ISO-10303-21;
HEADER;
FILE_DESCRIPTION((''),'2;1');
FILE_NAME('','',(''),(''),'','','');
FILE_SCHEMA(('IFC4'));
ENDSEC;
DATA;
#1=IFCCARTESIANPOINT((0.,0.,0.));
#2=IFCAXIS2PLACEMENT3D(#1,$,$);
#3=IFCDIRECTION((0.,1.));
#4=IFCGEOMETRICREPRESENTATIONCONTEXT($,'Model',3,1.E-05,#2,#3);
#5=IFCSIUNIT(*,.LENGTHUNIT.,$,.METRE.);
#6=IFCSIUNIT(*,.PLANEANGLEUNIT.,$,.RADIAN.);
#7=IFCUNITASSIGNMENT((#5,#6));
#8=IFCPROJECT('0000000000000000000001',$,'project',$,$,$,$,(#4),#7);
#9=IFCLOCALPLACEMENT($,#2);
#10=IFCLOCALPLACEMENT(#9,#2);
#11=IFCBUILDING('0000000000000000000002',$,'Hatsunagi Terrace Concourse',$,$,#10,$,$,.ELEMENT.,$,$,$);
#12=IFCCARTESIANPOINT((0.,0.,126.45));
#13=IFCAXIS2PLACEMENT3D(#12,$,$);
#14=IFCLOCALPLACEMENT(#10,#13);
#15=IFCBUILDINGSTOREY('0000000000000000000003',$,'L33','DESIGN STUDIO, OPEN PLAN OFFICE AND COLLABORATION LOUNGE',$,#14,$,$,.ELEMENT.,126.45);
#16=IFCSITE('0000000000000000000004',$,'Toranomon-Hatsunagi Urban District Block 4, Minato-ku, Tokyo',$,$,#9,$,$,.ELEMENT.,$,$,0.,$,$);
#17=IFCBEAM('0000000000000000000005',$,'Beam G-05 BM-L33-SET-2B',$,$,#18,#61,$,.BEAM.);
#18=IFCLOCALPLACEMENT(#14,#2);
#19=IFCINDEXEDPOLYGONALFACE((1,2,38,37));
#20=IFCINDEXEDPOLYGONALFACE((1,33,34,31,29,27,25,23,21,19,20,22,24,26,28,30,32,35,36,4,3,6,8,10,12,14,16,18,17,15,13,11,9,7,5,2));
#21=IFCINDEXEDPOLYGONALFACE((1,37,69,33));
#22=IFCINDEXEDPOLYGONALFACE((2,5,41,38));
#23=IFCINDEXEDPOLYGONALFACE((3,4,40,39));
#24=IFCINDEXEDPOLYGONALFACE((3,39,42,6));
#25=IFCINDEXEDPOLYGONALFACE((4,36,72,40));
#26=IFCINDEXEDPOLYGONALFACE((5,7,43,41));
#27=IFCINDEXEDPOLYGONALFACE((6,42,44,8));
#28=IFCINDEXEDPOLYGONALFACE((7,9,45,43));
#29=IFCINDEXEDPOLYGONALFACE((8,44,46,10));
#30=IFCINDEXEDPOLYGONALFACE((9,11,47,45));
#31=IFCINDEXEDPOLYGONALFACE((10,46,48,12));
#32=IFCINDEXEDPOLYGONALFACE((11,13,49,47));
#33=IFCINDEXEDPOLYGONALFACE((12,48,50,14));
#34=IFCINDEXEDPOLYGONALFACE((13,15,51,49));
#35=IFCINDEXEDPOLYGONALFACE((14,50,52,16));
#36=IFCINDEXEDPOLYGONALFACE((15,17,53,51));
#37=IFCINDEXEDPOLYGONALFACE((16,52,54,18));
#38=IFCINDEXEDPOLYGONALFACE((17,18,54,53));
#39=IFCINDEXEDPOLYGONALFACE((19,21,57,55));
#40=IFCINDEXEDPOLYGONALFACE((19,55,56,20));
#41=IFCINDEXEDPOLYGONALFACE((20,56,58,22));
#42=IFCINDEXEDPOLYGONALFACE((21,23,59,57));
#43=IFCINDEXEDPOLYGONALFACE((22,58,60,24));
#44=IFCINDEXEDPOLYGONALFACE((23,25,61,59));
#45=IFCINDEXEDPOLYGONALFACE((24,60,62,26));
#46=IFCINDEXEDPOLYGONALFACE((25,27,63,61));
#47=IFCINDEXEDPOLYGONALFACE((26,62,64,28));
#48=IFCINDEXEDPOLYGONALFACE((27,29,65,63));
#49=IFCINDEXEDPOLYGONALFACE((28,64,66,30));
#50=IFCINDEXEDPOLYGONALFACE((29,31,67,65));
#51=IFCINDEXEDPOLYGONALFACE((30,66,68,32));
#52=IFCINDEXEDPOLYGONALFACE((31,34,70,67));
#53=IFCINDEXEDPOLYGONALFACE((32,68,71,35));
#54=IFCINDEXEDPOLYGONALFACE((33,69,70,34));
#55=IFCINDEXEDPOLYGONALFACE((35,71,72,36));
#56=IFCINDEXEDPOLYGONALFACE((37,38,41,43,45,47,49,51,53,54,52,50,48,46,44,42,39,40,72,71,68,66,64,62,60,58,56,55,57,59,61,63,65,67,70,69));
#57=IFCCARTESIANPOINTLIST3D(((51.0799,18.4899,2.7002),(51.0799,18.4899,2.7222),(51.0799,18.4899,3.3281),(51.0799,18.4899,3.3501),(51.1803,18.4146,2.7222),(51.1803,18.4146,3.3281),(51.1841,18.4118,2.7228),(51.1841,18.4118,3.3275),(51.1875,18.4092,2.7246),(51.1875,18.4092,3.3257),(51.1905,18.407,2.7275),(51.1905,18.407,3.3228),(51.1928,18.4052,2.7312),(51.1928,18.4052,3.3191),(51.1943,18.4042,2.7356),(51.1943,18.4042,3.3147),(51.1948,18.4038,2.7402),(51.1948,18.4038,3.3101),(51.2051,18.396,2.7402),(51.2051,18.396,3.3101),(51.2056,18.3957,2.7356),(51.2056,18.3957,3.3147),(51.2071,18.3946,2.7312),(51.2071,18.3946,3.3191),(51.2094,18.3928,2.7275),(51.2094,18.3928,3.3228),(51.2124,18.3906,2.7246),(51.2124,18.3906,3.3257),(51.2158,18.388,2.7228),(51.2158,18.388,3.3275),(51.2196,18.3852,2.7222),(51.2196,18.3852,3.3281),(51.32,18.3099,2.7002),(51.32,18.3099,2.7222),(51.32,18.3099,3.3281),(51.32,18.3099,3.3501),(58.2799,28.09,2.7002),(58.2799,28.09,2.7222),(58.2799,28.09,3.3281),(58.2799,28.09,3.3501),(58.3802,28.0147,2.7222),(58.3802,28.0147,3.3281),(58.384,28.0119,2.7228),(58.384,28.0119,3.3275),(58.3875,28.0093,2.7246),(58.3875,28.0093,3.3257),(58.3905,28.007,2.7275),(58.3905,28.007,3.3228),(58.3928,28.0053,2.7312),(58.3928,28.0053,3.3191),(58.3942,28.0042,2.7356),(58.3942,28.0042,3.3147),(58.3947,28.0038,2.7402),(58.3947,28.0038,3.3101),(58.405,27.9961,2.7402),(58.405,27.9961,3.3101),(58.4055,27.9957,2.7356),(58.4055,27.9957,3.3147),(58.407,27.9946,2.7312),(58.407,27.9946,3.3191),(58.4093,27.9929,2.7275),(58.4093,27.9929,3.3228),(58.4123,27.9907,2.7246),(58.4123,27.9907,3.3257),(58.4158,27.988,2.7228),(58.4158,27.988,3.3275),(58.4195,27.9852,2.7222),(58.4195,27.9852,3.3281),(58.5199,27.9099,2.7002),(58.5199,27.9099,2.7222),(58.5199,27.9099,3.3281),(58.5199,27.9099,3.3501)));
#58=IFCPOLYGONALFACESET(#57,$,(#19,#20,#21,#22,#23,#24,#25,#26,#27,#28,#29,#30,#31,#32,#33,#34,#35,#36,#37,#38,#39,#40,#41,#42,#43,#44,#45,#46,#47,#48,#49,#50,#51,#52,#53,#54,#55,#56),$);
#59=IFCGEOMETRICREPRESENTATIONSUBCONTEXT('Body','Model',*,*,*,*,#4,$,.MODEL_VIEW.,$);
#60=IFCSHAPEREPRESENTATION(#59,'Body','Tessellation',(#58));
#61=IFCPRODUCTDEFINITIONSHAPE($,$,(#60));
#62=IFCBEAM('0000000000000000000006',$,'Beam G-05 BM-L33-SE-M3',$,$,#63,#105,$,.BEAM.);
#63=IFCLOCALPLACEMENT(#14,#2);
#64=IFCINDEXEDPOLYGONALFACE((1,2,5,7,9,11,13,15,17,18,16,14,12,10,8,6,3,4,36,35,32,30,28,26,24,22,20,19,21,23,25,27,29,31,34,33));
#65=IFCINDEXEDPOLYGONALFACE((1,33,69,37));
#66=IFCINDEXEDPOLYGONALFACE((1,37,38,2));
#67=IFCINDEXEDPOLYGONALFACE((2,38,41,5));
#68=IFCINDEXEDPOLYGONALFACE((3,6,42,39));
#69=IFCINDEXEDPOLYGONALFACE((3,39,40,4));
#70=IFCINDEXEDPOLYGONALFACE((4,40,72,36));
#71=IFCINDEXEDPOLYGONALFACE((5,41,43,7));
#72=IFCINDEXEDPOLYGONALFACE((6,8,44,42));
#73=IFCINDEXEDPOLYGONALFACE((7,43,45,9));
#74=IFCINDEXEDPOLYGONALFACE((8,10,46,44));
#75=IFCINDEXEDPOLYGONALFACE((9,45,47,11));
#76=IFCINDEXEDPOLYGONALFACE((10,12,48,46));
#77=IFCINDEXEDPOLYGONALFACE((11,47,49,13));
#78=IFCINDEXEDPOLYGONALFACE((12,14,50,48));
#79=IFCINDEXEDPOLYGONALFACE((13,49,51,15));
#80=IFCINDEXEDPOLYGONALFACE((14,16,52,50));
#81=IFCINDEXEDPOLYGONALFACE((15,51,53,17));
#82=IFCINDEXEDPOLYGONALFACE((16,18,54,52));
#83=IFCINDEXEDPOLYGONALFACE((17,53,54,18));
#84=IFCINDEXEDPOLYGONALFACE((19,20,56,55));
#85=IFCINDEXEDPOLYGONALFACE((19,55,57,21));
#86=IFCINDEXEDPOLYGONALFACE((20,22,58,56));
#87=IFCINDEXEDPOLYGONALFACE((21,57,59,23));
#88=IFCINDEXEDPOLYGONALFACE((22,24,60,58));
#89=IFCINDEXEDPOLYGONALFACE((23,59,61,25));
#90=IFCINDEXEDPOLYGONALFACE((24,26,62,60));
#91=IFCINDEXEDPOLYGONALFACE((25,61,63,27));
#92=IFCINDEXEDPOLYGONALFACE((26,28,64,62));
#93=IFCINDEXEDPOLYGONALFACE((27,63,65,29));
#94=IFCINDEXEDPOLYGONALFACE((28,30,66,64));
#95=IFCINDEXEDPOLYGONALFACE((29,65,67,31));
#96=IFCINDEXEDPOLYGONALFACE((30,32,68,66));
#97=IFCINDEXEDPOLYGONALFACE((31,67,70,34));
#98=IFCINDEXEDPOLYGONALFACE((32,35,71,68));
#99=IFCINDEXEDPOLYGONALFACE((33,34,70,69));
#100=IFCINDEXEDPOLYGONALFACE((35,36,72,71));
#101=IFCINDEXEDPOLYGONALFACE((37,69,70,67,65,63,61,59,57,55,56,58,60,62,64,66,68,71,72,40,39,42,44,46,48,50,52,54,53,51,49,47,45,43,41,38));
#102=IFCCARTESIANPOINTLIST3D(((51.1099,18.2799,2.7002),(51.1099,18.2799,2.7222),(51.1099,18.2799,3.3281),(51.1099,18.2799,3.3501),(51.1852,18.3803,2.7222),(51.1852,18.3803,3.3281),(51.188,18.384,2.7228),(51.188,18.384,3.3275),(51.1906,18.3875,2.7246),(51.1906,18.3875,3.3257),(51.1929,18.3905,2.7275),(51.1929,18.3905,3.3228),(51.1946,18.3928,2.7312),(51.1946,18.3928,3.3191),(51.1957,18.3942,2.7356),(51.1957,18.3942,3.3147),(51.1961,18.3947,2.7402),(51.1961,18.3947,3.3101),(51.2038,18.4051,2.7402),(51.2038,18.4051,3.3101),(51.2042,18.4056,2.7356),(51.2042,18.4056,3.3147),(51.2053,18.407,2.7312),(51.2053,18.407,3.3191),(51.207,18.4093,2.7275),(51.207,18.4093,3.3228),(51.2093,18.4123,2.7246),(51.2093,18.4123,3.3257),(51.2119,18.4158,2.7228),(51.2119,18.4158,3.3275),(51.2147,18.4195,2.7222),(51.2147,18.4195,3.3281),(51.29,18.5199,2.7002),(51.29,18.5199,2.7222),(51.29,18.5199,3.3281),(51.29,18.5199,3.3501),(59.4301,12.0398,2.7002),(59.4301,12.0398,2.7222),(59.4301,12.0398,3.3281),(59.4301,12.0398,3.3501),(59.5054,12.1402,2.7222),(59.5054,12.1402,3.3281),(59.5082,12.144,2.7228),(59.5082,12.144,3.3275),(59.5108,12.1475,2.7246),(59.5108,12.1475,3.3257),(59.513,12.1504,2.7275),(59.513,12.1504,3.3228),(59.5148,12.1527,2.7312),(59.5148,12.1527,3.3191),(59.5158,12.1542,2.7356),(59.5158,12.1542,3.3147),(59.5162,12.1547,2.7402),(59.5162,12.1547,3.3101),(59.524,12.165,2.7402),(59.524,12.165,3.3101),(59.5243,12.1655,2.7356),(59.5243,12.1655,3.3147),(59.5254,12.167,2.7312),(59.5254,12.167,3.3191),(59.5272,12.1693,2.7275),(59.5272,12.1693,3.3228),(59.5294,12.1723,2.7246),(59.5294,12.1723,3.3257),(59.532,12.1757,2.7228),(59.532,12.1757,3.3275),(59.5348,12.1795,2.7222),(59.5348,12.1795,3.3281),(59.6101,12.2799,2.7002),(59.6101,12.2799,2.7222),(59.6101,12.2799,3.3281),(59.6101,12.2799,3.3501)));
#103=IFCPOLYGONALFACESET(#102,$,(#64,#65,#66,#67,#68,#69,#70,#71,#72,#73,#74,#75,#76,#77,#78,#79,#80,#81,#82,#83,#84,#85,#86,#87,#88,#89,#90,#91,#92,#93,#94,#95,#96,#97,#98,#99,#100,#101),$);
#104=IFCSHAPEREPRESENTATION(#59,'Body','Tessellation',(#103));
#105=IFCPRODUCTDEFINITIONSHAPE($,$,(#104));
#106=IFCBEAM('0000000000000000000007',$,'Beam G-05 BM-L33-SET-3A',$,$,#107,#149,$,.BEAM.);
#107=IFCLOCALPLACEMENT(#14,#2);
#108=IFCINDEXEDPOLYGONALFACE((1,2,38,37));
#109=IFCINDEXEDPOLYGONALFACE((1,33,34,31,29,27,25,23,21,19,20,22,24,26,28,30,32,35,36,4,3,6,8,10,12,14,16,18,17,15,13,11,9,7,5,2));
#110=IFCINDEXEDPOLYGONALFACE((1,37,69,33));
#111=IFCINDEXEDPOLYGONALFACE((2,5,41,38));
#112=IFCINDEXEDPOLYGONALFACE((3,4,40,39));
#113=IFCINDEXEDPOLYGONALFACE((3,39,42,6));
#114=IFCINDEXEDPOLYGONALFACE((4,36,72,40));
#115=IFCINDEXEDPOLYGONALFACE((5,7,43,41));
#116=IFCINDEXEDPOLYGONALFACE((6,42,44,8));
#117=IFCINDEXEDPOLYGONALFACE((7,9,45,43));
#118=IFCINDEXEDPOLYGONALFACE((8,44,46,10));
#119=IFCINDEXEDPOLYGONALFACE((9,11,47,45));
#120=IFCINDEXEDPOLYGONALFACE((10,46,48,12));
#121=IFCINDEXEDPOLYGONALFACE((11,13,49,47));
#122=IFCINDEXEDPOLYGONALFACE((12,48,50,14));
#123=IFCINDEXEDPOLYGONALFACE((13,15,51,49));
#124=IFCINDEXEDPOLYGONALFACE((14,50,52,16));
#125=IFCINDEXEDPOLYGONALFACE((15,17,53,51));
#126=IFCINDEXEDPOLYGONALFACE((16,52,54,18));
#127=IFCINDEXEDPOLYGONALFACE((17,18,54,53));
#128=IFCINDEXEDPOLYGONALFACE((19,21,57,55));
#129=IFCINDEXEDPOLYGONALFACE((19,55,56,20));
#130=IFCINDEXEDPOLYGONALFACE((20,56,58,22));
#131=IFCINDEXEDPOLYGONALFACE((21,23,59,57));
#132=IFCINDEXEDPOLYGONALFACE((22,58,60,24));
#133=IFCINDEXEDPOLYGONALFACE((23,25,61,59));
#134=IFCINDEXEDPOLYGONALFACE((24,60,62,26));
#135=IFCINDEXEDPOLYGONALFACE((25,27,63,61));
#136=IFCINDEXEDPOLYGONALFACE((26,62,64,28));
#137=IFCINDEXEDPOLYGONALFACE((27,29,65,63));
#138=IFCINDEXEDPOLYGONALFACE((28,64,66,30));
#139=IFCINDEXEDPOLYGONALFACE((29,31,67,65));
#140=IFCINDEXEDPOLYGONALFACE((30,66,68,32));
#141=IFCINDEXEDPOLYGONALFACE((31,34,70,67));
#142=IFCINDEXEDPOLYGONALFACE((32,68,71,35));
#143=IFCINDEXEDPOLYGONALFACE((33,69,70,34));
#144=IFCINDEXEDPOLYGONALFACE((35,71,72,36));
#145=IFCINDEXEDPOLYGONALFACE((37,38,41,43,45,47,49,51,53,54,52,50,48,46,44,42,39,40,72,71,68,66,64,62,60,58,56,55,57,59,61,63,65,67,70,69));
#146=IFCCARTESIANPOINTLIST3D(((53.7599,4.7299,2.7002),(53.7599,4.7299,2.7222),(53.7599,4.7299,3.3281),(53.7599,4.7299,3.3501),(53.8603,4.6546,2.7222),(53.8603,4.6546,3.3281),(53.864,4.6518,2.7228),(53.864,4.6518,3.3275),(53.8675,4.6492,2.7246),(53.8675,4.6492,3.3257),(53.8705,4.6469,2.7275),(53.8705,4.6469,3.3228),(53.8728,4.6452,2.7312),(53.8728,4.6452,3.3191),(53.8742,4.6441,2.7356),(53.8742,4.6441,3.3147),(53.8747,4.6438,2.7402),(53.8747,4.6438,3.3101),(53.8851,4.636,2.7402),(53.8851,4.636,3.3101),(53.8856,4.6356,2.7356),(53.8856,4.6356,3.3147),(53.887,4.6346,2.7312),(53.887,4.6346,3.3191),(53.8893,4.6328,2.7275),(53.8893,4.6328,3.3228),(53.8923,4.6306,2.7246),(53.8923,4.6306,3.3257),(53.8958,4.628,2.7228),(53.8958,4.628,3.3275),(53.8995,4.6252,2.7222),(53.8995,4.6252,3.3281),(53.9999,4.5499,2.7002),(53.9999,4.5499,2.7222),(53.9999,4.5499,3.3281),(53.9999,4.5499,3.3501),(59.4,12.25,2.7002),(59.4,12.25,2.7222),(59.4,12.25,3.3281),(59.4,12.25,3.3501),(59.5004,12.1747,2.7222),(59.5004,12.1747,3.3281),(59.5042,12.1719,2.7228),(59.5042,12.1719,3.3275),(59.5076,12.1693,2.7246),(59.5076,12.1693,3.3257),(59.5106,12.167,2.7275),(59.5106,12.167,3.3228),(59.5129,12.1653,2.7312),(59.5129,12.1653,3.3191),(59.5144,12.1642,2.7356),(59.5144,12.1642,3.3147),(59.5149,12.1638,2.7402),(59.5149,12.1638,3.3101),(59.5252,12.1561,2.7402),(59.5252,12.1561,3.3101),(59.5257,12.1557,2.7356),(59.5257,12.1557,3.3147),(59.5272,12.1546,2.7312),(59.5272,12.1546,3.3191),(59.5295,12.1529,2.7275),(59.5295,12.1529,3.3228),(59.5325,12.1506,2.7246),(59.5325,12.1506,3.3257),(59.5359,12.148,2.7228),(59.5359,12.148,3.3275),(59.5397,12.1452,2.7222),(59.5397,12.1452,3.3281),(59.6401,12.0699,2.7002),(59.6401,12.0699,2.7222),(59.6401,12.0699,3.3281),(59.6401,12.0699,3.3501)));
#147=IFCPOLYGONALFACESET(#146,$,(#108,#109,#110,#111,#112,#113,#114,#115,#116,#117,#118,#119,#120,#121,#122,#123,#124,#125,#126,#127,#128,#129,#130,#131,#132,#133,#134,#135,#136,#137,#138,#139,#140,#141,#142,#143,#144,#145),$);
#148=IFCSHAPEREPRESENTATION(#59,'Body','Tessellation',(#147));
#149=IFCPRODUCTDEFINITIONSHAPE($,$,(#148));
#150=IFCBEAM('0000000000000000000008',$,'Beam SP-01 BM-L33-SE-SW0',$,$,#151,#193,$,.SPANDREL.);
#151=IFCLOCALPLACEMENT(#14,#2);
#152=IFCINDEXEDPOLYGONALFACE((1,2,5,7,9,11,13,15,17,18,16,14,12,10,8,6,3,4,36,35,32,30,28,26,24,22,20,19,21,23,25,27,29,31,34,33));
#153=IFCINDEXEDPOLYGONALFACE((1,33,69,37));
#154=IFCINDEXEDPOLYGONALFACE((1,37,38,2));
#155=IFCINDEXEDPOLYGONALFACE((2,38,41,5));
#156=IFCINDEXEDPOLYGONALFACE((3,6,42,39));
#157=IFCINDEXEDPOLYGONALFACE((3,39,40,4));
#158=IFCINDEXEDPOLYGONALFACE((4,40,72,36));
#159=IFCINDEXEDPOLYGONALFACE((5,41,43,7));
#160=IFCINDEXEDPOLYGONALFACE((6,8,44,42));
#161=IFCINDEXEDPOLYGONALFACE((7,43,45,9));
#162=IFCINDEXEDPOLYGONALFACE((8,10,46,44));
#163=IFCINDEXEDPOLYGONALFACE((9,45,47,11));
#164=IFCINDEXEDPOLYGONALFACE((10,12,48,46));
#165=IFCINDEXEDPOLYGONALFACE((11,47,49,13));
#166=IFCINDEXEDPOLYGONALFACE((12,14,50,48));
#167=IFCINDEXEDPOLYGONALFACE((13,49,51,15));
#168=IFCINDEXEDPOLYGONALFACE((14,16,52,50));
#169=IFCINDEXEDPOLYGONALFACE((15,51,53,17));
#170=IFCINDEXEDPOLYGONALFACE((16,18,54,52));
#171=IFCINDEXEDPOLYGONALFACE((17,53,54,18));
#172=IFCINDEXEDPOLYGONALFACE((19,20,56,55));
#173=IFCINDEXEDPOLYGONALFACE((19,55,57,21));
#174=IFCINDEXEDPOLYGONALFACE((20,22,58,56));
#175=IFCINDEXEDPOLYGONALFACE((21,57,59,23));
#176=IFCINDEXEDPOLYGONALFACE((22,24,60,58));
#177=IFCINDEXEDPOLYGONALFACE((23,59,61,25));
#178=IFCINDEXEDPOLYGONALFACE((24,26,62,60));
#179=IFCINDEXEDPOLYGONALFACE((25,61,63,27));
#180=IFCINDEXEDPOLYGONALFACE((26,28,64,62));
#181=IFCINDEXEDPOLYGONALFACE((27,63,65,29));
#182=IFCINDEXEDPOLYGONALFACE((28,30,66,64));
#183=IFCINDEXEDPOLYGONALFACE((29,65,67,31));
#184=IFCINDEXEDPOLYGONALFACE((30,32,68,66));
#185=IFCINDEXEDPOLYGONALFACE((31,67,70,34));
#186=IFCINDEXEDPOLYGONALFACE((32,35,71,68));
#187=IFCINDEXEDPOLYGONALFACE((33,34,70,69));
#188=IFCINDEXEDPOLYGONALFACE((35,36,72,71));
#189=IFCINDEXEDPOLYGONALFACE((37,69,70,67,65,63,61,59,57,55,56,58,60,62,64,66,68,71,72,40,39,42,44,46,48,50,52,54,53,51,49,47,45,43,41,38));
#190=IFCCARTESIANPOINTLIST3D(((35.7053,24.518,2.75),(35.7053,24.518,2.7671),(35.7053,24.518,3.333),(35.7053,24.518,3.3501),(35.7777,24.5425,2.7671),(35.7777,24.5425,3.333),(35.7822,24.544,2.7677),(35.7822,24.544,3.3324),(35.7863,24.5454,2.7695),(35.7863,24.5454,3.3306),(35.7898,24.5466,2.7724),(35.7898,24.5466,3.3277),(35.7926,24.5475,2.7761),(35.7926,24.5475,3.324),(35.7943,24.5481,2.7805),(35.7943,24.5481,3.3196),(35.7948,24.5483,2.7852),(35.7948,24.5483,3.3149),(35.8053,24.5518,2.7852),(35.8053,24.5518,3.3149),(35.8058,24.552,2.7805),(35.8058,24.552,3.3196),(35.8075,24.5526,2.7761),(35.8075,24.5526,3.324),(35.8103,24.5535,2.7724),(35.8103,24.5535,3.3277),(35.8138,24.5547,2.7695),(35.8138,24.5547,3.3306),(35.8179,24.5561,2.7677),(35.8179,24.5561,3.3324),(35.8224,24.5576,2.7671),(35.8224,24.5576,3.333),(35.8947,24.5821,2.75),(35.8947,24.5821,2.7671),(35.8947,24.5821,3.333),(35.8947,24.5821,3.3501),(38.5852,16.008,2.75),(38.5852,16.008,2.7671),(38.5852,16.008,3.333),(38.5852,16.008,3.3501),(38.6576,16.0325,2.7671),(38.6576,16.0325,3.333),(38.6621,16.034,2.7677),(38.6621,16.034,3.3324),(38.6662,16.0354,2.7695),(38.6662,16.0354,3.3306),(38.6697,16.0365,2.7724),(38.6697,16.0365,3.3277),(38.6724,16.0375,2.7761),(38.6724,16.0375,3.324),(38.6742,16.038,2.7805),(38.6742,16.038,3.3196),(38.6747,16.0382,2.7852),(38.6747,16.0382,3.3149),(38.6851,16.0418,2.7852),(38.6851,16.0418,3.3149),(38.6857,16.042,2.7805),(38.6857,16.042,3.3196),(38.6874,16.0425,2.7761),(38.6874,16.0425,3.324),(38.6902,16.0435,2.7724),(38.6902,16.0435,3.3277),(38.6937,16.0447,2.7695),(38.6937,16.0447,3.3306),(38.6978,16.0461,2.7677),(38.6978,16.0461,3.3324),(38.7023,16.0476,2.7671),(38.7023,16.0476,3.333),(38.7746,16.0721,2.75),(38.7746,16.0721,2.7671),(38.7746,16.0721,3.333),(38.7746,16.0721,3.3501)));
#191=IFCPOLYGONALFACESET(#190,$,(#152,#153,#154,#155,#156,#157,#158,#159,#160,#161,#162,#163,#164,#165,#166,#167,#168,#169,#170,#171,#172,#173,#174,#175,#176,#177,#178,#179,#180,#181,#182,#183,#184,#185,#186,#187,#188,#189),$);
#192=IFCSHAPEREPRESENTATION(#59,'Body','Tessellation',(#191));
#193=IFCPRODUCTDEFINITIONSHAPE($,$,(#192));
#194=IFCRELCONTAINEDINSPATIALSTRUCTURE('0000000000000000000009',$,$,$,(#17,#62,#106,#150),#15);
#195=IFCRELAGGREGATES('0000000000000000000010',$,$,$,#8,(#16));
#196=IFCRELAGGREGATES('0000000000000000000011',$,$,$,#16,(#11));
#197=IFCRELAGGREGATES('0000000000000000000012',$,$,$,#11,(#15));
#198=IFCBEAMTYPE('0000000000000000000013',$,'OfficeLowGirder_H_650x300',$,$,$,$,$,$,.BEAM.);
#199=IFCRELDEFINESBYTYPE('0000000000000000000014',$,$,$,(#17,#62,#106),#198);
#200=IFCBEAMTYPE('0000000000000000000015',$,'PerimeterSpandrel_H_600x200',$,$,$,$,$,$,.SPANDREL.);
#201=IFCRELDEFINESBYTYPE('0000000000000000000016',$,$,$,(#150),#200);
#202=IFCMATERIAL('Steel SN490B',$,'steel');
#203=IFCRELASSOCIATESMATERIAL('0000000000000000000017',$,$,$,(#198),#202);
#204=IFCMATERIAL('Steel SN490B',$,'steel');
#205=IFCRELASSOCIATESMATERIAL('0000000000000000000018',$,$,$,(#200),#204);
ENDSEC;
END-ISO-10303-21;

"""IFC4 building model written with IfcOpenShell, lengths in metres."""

from ifc_helpers import new_model, si_unit, direction, frame, origin, origin_2d, place, context, subcontext, project, spatial, i_section, extrude, material, material_profile, profile_set, type_object, element, save


model = new_model("IFC4")

# Units and contexts
model_context = context("Model", 3, precision=1e-05, world=origin(), true_north=direction((0.0, 1.0)))
body_context = subcontext(model_context, "Body", "Model", "MODEL_VIEW")
ifc_project = project(units=[si_unit("LENGTHUNIT", "METRE"), si_unit("PLANEANGLEUNIT", "RADIAN")], contexts=[model_context])

# Site, building, storey
site_placement = place(None, origin())
site = spatial("IfcSite", under=ifc_project, at=site_placement, Name="Toranomon-Hatsunagi Urban District Block 4, Minato-ku, Tokyo", CompositionType="ELEMENT", RefElevation=0.0)
building_placement = place(site_placement, origin())
building = spatial("IfcBuilding", under=site, at=building_placement, Name="Hatsunagi Terrace Concourse", CompositionType="ELEMENT")
storey_placement = place(building_placement, frame((0.0, 0.0, 126.45)))
storey = spatial("IfcBuildingStorey", under=building, at=storey_placement, Name="L33", Description="DESIGN STUDIO, OPEN PLAN OFFICE AND COLLABORATION LOUNGE", CompositionType="ELEMENT", Elevation=126.45)

# Beams
ifc_material_1 = material(Name="Steel SN490B", Category="steel")
ifc_material_profile_1 = material_profile(ifc_material_1, i_section(OverallWidth=0.3, OverallDepth=0.6499, WebThickness=0.0129, FlangeThickness=0.022, FilletRadius=0.0181, at=origin_2d()), Name="H-650x300x13x22")
ifc_profile_set_1 = profile_set([ifc_material_profile_1], Name="Steel SN490B")
beam_type_1 = type_object("IfcBeamType", Name="OfficeLowGirder_H_650x300", PredefinedType="BEAM", material=ifc_profile_set_1)
beam_1_placement = place(storey_placement, frame((51.2, 18.3999, 3.0251), z_axis=(0.599993, 0.800005, 0.0), x_axis=(-0.800005, 0.599993, 0.0)))
element("IfcBeam", 1, at=beam_1_placement, inside=storey, type_object=beam_type_1, Name="Beam G-05 BM-L33-SET-2B", PredefinedType="BEAM", context=body_context, shape_type="SweptSolid", body=[
    extrude(i_section(OverallWidth=0.3, OverallDepth=0.6499, WebThickness=0.0129, FlangeThickness=0.022, FilletRadius=0.0181, at=origin_2d()), origin(), (0.0, 0.0, 1.0), 12.0),
])
beam_2_placement = place(storey_placement, frame((51.2, 18.3999, 3.0251), z_axis=(0.800003, -0.599996, 0.0), x_axis=(0.599996, 0.800003, 0.0)))
element("IfcBeam", 2, at=beam_2_placement, inside=storey, type_object=beam_type_1, Name="Beam G-05 BM-L33-SE-M3", PredefinedType="BEAM", context=body_context, shape_type="SweptSolid", body=[
    extrude(i_section(OverallWidth=0.3, OverallDepth=0.6499, WebThickness=0.0129, FlangeThickness=0.022, FilletRadius=0.0181, at=origin_2d()), origin(), (0.0, 0.0, 1.0), 10.4001),
])
beam_3_placement = place(storey_placement, frame((53.8799, 4.6399, 3.0251), z_axis=(0.600008, 0.799994, 0.0), x_axis=(-0.799994, 0.600008, 0.0)))
element("IfcBeam", 3, at=beam_3_placement, inside=storey, type_object=beam_type_1, Name="Beam G-05 BM-L33-SET-3A", PredefinedType="BEAM", context=body_context, shape_type="SweptSolid", body=[
    extrude(i_section(OverallWidth=0.3, OverallDepth=0.6499, WebThickness=0.0129, FlangeThickness=0.022, FilletRadius=0.0181, at=origin_2d()), origin(), (0.0, 0.0, 1.0), 9.4001),
])
ifc_material_2 = material(Name="Steel SN490B", Category="steel")
ifc_material_profile_2 = material_profile(ifc_material_2, i_section(OverallWidth=0.2, OverallDepth=0.6001, WebThickness=0.011, FlangeThickness=0.0171, FilletRadius=0.0181, at=origin_2d()), Name="H-600x200x11x17")
ifc_profile_set_2 = profile_set([ifc_material_profile_2], Name="Steel SN490B")
beam_type_2 = type_object("IfcBeamType", Name="PerimeterSpandrel_H_600x200", PredefinedType="SPANDREL", material=ifc_profile_set_2)
beam_4_placement = place(storey_placement, frame((35.8, 24.55, 3.05), z_axis=(0.320553, -0.94723, 0.0), x_axis=(0.94723, 0.320553, 0.0)))
element("IfcBeam", 4, at=beam_4_placement, inside=storey, type_object=beam_type_2, Name="Beam SP-01 BM-L33-SE-SW0", PredefinedType="SPANDREL", context=body_context, shape_type="SweptSolid", body=[
    extrude(i_section(OverallWidth=0.2, OverallDepth=0.6001, WebThickness=0.011, FlangeThickness=0.0171, FilletRadius=0.0181, at=origin_2d()), origin(), (0.0, 0.0, 1.0), 8.9841),
])

save(model, "model.ifc")
